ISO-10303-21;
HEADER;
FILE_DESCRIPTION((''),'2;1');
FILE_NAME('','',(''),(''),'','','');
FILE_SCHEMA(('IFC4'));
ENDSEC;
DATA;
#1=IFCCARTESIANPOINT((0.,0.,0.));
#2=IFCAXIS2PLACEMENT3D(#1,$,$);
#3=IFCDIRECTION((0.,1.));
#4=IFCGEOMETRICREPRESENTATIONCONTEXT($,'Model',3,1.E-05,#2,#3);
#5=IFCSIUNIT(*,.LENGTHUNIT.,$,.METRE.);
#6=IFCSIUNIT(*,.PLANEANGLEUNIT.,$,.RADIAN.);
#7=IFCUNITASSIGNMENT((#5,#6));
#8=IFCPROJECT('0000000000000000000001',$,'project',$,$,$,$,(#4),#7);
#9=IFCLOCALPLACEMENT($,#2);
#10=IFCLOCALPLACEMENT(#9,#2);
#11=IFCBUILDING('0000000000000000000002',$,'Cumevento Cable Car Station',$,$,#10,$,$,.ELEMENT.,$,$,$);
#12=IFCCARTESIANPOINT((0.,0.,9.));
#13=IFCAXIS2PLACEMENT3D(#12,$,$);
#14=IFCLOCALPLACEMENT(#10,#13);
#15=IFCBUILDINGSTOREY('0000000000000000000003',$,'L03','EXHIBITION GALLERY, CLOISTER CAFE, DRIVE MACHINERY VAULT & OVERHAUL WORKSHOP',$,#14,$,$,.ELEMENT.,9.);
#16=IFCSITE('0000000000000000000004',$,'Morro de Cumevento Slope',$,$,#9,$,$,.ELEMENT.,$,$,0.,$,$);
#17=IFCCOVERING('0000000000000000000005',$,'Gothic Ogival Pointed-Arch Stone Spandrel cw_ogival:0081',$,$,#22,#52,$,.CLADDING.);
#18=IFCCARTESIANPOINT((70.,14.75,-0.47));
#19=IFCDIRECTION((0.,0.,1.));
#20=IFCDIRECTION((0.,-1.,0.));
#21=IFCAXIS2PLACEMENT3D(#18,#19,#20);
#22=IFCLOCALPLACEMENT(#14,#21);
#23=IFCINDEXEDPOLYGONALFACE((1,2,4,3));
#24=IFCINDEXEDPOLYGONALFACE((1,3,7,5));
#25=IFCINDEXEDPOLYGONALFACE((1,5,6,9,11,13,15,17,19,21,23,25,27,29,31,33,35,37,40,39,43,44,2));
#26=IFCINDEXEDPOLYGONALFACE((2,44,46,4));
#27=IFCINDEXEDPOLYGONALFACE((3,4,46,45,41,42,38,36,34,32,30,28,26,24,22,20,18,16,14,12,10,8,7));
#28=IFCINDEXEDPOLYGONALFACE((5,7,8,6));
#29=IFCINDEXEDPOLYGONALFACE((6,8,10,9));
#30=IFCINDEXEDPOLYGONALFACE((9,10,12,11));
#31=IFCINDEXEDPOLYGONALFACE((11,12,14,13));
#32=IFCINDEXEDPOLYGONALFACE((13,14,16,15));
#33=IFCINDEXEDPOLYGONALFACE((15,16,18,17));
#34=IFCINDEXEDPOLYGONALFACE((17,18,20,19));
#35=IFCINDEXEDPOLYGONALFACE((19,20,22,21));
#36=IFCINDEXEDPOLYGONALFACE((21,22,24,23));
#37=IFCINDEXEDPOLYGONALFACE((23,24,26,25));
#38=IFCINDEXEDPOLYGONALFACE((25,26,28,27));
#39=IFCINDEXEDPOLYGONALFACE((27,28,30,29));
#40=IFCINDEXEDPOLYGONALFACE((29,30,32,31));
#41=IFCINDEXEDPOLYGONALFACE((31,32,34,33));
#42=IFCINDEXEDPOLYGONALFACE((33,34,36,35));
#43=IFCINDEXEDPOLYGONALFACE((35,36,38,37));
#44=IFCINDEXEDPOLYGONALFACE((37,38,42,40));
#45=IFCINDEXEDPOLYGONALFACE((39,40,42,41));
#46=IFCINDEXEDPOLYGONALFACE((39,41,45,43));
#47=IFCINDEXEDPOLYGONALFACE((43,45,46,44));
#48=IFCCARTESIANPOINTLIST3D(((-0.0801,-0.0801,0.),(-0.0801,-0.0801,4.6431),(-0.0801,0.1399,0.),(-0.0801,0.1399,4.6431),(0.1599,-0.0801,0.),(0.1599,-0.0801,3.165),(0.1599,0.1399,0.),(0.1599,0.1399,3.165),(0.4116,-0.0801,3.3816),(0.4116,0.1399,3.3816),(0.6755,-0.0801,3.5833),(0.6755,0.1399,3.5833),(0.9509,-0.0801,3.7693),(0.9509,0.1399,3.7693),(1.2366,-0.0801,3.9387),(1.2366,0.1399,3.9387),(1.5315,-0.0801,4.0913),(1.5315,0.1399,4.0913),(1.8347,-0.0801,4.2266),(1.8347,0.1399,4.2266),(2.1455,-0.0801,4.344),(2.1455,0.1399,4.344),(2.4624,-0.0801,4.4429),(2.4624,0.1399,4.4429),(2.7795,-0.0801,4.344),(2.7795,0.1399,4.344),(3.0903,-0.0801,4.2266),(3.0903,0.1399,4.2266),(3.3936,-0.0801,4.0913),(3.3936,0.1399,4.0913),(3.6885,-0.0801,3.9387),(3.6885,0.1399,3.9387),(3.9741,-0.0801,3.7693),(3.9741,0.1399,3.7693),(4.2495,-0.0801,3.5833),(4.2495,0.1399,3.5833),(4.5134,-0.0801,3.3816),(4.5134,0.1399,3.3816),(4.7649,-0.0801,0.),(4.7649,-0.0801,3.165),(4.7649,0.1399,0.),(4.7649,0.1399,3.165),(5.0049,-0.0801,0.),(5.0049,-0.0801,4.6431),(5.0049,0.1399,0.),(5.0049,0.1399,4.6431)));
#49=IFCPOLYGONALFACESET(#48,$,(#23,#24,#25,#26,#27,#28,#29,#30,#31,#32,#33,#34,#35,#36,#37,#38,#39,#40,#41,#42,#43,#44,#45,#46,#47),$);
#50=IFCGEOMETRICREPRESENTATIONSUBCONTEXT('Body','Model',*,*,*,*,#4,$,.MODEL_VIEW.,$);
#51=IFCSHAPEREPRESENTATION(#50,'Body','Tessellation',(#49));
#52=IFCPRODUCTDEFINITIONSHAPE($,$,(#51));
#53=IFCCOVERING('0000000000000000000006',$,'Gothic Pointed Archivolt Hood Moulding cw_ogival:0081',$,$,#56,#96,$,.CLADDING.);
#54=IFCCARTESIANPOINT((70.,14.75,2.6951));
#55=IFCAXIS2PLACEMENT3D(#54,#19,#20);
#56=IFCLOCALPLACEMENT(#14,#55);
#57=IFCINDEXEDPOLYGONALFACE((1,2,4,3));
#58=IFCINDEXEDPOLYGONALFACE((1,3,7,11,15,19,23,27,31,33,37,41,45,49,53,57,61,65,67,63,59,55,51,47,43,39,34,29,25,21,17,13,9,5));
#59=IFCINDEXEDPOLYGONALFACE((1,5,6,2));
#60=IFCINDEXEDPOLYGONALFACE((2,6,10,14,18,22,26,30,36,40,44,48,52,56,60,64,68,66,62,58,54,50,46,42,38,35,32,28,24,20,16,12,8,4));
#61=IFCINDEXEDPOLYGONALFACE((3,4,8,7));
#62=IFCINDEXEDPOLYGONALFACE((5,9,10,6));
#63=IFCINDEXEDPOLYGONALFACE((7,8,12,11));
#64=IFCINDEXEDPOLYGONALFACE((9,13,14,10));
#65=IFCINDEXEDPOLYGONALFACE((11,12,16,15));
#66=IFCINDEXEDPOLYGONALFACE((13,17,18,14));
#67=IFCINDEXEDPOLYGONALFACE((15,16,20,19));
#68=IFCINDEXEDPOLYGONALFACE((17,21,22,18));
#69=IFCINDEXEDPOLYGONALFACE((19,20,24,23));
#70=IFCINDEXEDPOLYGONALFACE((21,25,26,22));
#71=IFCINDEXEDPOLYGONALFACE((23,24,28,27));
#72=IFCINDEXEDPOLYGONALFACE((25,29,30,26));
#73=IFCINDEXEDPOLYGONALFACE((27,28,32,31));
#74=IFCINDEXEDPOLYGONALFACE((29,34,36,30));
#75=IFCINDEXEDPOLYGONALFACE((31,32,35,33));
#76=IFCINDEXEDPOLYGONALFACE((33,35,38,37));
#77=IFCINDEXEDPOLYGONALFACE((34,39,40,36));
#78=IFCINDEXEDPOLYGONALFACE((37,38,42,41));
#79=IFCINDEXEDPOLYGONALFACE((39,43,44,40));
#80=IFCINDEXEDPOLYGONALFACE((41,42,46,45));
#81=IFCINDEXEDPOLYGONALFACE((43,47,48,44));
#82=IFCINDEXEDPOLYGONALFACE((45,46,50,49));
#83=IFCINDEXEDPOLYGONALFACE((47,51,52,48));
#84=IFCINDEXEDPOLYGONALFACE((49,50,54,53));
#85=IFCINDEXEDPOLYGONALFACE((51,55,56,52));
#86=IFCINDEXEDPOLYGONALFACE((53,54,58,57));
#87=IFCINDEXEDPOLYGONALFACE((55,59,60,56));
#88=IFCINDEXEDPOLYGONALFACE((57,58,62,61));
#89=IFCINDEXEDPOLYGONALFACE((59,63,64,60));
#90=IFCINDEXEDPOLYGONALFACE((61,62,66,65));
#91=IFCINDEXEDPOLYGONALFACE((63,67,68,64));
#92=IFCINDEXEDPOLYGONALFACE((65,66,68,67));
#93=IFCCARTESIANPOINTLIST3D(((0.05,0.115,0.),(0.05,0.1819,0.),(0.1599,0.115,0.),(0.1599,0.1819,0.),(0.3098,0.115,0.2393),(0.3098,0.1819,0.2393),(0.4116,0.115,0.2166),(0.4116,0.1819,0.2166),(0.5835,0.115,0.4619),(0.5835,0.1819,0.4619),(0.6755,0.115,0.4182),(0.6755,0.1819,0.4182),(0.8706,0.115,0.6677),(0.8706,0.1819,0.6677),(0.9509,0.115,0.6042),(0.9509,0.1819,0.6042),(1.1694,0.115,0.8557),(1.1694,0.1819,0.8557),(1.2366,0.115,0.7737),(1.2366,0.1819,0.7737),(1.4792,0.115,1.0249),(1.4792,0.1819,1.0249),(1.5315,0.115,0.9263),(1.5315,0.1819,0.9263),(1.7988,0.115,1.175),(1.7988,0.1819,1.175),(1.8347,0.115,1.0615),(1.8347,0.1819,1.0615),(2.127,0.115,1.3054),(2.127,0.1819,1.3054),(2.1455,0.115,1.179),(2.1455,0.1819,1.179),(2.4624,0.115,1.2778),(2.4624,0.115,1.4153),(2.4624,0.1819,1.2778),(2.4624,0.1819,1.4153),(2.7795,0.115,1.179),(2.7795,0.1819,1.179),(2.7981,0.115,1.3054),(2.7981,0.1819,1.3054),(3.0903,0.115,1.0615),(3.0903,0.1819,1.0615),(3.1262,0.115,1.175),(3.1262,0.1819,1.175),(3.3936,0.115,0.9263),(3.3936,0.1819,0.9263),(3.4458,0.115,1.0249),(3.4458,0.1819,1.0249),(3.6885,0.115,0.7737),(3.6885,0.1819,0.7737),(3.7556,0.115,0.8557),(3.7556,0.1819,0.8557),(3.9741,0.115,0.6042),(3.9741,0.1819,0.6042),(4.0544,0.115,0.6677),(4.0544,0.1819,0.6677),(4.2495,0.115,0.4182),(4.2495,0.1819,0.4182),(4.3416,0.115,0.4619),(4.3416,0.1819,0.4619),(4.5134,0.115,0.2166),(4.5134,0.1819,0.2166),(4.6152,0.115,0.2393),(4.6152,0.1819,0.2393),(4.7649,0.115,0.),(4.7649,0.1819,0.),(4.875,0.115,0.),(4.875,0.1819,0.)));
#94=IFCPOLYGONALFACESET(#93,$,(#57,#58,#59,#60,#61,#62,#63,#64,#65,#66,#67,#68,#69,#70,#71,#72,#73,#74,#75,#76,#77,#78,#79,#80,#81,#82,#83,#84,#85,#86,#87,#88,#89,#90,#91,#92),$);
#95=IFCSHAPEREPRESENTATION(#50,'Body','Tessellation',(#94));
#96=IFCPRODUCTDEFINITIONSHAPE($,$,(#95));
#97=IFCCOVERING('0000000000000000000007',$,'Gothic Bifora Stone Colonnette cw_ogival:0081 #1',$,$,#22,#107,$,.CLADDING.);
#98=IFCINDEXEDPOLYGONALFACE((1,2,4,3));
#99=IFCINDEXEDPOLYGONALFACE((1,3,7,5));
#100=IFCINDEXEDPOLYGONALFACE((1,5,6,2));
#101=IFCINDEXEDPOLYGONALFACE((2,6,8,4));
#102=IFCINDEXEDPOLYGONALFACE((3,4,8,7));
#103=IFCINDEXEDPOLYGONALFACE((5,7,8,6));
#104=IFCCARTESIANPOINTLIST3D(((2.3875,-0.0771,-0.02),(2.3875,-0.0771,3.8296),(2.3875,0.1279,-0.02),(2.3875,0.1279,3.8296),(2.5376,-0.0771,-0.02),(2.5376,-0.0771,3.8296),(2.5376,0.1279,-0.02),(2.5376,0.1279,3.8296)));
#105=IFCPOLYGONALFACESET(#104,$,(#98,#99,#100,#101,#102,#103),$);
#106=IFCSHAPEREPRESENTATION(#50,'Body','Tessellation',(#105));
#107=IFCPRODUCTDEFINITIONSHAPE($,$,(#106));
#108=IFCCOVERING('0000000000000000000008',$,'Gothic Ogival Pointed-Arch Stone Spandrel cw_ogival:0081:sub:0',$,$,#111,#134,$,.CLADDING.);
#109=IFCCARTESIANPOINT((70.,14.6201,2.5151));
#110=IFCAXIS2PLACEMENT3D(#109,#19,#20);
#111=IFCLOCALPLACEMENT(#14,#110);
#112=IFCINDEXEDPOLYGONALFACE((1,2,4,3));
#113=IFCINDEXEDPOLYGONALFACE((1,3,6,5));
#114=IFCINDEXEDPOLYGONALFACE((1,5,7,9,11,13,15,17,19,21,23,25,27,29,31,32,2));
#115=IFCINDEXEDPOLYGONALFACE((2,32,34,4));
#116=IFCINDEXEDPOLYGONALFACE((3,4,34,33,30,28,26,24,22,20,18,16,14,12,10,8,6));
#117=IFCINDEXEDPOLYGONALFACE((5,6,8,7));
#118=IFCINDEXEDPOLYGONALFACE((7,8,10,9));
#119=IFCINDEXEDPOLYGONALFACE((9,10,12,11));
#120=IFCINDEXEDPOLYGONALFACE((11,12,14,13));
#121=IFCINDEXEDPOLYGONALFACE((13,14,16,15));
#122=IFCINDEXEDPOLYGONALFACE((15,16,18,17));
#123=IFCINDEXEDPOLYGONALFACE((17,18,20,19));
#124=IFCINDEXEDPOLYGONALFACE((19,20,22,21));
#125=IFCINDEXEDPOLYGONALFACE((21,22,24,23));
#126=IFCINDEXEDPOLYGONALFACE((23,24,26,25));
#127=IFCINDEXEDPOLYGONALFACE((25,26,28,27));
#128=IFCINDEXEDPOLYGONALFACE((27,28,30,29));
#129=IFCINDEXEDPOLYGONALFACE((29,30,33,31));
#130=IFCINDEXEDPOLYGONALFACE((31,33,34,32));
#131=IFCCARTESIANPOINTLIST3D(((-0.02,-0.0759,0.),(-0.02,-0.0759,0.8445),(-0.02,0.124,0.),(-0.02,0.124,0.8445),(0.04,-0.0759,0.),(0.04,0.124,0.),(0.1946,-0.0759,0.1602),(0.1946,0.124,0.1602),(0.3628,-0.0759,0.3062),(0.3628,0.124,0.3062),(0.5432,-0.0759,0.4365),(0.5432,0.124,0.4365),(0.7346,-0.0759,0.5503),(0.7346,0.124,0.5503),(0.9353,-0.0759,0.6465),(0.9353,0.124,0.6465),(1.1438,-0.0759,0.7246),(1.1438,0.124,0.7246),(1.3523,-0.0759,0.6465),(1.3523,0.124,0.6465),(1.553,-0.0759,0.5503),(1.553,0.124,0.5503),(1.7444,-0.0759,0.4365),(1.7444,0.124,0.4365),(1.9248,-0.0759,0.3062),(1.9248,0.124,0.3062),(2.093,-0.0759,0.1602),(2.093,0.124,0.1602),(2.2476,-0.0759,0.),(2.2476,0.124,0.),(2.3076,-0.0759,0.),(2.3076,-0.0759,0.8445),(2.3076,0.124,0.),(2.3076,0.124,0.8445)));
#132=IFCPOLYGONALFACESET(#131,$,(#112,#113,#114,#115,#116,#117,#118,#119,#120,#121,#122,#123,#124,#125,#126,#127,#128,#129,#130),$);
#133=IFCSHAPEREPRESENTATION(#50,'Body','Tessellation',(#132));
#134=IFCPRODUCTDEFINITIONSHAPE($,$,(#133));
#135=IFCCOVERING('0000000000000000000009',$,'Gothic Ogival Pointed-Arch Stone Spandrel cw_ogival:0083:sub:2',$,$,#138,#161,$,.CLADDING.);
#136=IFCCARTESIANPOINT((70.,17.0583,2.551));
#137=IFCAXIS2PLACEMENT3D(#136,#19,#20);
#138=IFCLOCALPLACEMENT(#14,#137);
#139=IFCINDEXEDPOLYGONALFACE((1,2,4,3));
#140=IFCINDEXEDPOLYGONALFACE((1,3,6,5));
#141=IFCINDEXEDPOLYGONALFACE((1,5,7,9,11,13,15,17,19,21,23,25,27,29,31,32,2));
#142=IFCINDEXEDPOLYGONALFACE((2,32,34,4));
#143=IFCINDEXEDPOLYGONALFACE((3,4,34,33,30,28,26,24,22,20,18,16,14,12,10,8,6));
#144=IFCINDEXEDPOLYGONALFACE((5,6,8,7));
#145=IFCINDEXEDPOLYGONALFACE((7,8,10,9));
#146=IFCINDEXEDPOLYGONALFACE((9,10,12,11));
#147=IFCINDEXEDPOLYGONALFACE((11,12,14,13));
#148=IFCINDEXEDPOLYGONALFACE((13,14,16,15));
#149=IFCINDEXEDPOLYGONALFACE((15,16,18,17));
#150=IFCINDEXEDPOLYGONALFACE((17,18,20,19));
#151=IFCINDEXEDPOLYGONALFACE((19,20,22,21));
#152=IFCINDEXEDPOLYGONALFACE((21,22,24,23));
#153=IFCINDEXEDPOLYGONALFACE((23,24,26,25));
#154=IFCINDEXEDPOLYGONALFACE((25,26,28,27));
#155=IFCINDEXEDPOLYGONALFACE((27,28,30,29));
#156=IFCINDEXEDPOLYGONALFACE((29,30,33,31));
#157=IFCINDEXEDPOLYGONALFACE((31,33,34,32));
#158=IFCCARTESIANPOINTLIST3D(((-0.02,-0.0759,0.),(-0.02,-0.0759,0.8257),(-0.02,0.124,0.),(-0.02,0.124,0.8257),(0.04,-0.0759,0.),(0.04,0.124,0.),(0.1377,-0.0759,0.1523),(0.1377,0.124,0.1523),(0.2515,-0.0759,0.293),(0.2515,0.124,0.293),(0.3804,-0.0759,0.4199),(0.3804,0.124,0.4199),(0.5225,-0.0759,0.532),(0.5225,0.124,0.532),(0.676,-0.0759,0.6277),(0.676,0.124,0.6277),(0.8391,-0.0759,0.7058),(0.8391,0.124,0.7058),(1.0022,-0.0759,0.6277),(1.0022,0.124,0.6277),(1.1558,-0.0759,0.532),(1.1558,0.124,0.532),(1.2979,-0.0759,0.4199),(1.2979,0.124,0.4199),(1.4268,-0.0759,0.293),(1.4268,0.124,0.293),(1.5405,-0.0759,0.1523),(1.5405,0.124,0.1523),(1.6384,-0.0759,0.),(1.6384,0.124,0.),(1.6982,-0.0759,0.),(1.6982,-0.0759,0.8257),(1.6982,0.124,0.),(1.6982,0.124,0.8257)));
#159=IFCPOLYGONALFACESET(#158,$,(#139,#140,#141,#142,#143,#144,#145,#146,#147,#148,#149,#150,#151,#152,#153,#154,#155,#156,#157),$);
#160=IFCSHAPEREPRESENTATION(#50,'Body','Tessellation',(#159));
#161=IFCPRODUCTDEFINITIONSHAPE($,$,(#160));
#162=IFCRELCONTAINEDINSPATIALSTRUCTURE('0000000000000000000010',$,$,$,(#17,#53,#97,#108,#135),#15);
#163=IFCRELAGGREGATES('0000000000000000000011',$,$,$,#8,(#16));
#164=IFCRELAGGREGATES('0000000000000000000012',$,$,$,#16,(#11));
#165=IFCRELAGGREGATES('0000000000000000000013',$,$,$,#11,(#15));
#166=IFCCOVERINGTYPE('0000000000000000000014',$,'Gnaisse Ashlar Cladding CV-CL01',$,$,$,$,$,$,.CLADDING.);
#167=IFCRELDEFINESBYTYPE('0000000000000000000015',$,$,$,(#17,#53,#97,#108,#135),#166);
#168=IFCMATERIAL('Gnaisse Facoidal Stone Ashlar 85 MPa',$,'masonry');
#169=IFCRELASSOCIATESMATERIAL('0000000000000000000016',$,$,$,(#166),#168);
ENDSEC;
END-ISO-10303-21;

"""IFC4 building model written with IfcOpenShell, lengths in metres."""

from ifc_helpers import new_model, si_unit, direction, frame, origin, place, context, subcontext, project, spatial, polyline, outline, extrude, material, type_object, element, save


model = new_model("IFC4")

# Units and contexts
model_context = context("Model", 3, precision=1e-05, world=origin(), true_north=direction((0.0, 1.0)))
body_context = subcontext(model_context, "Body", "Model", "MODEL_VIEW")
ifc_project = project(units=[si_unit("LENGTHUNIT", "METRE"), si_unit("PLANEANGLEUNIT", "RADIAN")], contexts=[model_context])

# Site, building, storey
site_placement = place(None, origin())
site = spatial("IfcSite", under=ifc_project, at=site_placement, Name="Morro de Cumevento Slope", CompositionType="ELEMENT", RefElevation=0.0)
building_placement = place(site_placement, origin())
building = spatial("IfcBuilding", under=site, at=building_placement, Name="Cumevento Cable Car Station", CompositionType="ELEMENT")
storey_placement = place(building_placement, frame((0.0, 0.0, 9.0)))
storey = spatial("IfcBuildingStorey", under=building, at=storey_placement, Name="L03", Description="EXHIBITION GALLERY, CLOISTER CAFE, DRIVE MACHINERY VAULT & OVERHAUL WORKSHOP", CompositionType="ELEMENT", Elevation=9.0)

# Coverings
ifc_material_1 = material(Name="Gnaisse Facoidal Stone Ashlar 85 MPa", Category="masonry")
covering_type = type_object("IfcCoveringType", Name="Gnaisse Ashlar Cladding CV-CL01", PredefinedType="CLADDING", material=ifc_material_1)
placement = place(storey_placement, frame((70.0, 14.75, -0.47), z_axis=(0.0, 0.0, 1.0), x_axis=(0.0, -1.0, 0.0)))
element("IfcCovering", 1, at=placement, inside=storey, type_object=covering_type, Name="Gothic Ogival Pointed-Arch Stone Spandrel cw_ogival:0081", PredefinedType="CLADDING", context=body_context, shape_type="SweptSolid", body=[
    extrude(outline(polyline([(-0.0801, 0.0), (-0.0801, 4.6431), (5.0049, 4.6431), (5.0049, 0.0), (4.7649, 0.0), (4.7649, 3.165), (4.5134, 3.3816), (4.2495, 3.5833), (3.9741, 3.7693), (3.6885, 3.9387), (3.3936, 4.0913), (3.0903, 4.2266), (2.7795, 4.344), (2.4624, 4.4429), (2.1455, 4.344), (1.8347, 4.2266), (1.5315, 4.0913), (1.2366, 3.9387), (0.9509, 3.7693), (0.6755, 3.5833), (0.4116, 3.3816), (0.1599, 3.165), (0.1599, 0.0), (-0.0801, 0.0)])), frame((0.0, 0.1399, 0.0), z_axis=(0.0, -1.0, 0.0), x_axis=(1.0, 0.0, 0.0)), (0.0, 0.0, 1.0), 0.22),
])
covering_1_placement = place(storey_placement, frame((70.0, 14.75, 2.6951), z_axis=(0.0, 0.0, 1.0), x_axis=(0.0, -1.0, 0.0)))
element("IfcCovering", 2, at=covering_1_placement, inside=storey, type_object=covering_type, Name="Gothic Pointed Archivolt Hood Moulding cw_ogival:0081", PredefinedType="CLADDING", context=body_context, shape_type="SweptSolid", body=[
    extrude(outline(polyline([(0.1599, 0.0), (0.4116, 0.2166), (0.6755, 0.4182), (0.9509, 0.6042), (1.2366, 0.7737), (1.5315, 0.9263), (1.8347, 1.0615), (2.1455, 1.179), (2.4624, 1.2778), (2.7795, 1.179), (3.0903, 1.0615), (3.3936, 0.9263), (3.6885, 0.7737), (3.9741, 0.6042), (4.2495, 0.4182), (4.5134, 0.2166), (4.7649, 0.0), (4.875, 0.0), (4.6152, 0.2393), (4.3416, 0.4619), (4.0544, 0.6677), (3.7556, 0.8557), (3.4458, 1.0249), (3.1262, 1.175), (2.7981, 1.3054), (2.4624, 1.4153), (2.127, 1.3054), (1.7988, 1.175), (1.4792, 1.0249), (1.1694, 0.8557), (0.8706, 0.6677), (0.5835, 0.4619), (0.3098, 0.2393), (0.05, 0.0), (0.1599, 0.0)])), frame((0.0, 0.1819, 0.0), z_axis=(0.0, -1.0, 0.0), x_axis=(1.0, 0.0, 0.0)), (0.0, 0.0, 1.0), 0.0669),
])
element("IfcCovering", 3, at=placement, inside=storey, type_object=covering_type, Name="Gothic Bifora Stone Colonnette cw_ogival:0081 #1", PredefinedType="CLADDING", context=body_context, shape_type="SweptSolid", body=[
    extrude(outline(polyline([(2.3875, -0.02), (2.5376, -0.02), (2.5376, 3.8296), (2.3875, 3.8296), (2.3875, -0.02)])), frame((0.0, 0.1279, 0.0), z_axis=(0.0, -1.0, 0.0), x_axis=(1.0, 0.0, 0.0)), (0.0, 0.0, 1.0), 0.2051),
])
covering_2_placement = place(storey_placement, frame((70.0, 14.6201, 2.5151), z_axis=(0.0, 0.0, 1.0), x_axis=(0.0, -1.0, 0.0)))
element("IfcCovering", 4, at=covering_2_placement, inside=storey, type_object=covering_type, Name="Gothic Ogival Pointed-Arch Stone Spandrel cw_ogival:0081:sub:0", PredefinedType="CLADDING", context=body_context, shape_type="SweptSolid", body=[
    extrude(outline(polyline([(-0.02, 0.0), (-0.02, 0.8445), (2.3076, 0.8445), (2.3076, 0.0), (2.2476, 0.0), (2.093, 0.1602), (1.9248, 0.3062), (1.7444, 0.4365), (1.553, 0.5503), (1.3523, 0.6465), (1.1438, 0.7246), (0.9353, 0.6465), (0.7346, 0.5503), (0.5432, 0.4365), (0.3628, 0.3062), (0.1946, 0.1602), (0.04, 0.0), (-0.02, 0.0)])), frame((0.0, 0.124, 0.0), z_axis=(0.0, -1.0, 0.0), x_axis=(1.0, 0.0, 0.0)), (0.0, 0.0, 1.0), 0.2),
])
covering_3_placement = place(storey_placement, frame((70.0, 17.0583, 2.551), z_axis=(0.0, 0.0, 1.0), x_axis=(0.0, -1.0, 0.0)))
element("IfcCovering", 5, at=covering_3_placement, inside=storey, type_object=covering_type, Name="Gothic Ogival Pointed-Arch Stone Spandrel cw_ogival:0083:sub:2", PredefinedType="CLADDING", context=body_context, shape_type="SweptSolid", body=[
    extrude(outline(polyline([(-0.02, 0.0), (-0.02, 0.8257), (1.6982, 0.8257), (1.6982, 0.0), (1.6384, 0.0), (1.5405, 0.1523), (1.4268, 0.293), (1.2979, 0.4199), (1.1558, 0.532), (1.0022, 0.6277), (0.8391, 0.7058), (0.676, 0.6277), (0.5225, 0.532), (0.3804, 0.4199), (0.2515, 0.293), (0.1377, 0.1523), (0.04, 0.0), (-0.02, 0.0)])), frame((0.0, 0.124, 0.0), z_axis=(0.0, -1.0, 0.0), x_axis=(1.0, 0.0, 0.0)), (0.0, 0.0, 1.0), 0.2),
])

save(model, "model.ifc")
